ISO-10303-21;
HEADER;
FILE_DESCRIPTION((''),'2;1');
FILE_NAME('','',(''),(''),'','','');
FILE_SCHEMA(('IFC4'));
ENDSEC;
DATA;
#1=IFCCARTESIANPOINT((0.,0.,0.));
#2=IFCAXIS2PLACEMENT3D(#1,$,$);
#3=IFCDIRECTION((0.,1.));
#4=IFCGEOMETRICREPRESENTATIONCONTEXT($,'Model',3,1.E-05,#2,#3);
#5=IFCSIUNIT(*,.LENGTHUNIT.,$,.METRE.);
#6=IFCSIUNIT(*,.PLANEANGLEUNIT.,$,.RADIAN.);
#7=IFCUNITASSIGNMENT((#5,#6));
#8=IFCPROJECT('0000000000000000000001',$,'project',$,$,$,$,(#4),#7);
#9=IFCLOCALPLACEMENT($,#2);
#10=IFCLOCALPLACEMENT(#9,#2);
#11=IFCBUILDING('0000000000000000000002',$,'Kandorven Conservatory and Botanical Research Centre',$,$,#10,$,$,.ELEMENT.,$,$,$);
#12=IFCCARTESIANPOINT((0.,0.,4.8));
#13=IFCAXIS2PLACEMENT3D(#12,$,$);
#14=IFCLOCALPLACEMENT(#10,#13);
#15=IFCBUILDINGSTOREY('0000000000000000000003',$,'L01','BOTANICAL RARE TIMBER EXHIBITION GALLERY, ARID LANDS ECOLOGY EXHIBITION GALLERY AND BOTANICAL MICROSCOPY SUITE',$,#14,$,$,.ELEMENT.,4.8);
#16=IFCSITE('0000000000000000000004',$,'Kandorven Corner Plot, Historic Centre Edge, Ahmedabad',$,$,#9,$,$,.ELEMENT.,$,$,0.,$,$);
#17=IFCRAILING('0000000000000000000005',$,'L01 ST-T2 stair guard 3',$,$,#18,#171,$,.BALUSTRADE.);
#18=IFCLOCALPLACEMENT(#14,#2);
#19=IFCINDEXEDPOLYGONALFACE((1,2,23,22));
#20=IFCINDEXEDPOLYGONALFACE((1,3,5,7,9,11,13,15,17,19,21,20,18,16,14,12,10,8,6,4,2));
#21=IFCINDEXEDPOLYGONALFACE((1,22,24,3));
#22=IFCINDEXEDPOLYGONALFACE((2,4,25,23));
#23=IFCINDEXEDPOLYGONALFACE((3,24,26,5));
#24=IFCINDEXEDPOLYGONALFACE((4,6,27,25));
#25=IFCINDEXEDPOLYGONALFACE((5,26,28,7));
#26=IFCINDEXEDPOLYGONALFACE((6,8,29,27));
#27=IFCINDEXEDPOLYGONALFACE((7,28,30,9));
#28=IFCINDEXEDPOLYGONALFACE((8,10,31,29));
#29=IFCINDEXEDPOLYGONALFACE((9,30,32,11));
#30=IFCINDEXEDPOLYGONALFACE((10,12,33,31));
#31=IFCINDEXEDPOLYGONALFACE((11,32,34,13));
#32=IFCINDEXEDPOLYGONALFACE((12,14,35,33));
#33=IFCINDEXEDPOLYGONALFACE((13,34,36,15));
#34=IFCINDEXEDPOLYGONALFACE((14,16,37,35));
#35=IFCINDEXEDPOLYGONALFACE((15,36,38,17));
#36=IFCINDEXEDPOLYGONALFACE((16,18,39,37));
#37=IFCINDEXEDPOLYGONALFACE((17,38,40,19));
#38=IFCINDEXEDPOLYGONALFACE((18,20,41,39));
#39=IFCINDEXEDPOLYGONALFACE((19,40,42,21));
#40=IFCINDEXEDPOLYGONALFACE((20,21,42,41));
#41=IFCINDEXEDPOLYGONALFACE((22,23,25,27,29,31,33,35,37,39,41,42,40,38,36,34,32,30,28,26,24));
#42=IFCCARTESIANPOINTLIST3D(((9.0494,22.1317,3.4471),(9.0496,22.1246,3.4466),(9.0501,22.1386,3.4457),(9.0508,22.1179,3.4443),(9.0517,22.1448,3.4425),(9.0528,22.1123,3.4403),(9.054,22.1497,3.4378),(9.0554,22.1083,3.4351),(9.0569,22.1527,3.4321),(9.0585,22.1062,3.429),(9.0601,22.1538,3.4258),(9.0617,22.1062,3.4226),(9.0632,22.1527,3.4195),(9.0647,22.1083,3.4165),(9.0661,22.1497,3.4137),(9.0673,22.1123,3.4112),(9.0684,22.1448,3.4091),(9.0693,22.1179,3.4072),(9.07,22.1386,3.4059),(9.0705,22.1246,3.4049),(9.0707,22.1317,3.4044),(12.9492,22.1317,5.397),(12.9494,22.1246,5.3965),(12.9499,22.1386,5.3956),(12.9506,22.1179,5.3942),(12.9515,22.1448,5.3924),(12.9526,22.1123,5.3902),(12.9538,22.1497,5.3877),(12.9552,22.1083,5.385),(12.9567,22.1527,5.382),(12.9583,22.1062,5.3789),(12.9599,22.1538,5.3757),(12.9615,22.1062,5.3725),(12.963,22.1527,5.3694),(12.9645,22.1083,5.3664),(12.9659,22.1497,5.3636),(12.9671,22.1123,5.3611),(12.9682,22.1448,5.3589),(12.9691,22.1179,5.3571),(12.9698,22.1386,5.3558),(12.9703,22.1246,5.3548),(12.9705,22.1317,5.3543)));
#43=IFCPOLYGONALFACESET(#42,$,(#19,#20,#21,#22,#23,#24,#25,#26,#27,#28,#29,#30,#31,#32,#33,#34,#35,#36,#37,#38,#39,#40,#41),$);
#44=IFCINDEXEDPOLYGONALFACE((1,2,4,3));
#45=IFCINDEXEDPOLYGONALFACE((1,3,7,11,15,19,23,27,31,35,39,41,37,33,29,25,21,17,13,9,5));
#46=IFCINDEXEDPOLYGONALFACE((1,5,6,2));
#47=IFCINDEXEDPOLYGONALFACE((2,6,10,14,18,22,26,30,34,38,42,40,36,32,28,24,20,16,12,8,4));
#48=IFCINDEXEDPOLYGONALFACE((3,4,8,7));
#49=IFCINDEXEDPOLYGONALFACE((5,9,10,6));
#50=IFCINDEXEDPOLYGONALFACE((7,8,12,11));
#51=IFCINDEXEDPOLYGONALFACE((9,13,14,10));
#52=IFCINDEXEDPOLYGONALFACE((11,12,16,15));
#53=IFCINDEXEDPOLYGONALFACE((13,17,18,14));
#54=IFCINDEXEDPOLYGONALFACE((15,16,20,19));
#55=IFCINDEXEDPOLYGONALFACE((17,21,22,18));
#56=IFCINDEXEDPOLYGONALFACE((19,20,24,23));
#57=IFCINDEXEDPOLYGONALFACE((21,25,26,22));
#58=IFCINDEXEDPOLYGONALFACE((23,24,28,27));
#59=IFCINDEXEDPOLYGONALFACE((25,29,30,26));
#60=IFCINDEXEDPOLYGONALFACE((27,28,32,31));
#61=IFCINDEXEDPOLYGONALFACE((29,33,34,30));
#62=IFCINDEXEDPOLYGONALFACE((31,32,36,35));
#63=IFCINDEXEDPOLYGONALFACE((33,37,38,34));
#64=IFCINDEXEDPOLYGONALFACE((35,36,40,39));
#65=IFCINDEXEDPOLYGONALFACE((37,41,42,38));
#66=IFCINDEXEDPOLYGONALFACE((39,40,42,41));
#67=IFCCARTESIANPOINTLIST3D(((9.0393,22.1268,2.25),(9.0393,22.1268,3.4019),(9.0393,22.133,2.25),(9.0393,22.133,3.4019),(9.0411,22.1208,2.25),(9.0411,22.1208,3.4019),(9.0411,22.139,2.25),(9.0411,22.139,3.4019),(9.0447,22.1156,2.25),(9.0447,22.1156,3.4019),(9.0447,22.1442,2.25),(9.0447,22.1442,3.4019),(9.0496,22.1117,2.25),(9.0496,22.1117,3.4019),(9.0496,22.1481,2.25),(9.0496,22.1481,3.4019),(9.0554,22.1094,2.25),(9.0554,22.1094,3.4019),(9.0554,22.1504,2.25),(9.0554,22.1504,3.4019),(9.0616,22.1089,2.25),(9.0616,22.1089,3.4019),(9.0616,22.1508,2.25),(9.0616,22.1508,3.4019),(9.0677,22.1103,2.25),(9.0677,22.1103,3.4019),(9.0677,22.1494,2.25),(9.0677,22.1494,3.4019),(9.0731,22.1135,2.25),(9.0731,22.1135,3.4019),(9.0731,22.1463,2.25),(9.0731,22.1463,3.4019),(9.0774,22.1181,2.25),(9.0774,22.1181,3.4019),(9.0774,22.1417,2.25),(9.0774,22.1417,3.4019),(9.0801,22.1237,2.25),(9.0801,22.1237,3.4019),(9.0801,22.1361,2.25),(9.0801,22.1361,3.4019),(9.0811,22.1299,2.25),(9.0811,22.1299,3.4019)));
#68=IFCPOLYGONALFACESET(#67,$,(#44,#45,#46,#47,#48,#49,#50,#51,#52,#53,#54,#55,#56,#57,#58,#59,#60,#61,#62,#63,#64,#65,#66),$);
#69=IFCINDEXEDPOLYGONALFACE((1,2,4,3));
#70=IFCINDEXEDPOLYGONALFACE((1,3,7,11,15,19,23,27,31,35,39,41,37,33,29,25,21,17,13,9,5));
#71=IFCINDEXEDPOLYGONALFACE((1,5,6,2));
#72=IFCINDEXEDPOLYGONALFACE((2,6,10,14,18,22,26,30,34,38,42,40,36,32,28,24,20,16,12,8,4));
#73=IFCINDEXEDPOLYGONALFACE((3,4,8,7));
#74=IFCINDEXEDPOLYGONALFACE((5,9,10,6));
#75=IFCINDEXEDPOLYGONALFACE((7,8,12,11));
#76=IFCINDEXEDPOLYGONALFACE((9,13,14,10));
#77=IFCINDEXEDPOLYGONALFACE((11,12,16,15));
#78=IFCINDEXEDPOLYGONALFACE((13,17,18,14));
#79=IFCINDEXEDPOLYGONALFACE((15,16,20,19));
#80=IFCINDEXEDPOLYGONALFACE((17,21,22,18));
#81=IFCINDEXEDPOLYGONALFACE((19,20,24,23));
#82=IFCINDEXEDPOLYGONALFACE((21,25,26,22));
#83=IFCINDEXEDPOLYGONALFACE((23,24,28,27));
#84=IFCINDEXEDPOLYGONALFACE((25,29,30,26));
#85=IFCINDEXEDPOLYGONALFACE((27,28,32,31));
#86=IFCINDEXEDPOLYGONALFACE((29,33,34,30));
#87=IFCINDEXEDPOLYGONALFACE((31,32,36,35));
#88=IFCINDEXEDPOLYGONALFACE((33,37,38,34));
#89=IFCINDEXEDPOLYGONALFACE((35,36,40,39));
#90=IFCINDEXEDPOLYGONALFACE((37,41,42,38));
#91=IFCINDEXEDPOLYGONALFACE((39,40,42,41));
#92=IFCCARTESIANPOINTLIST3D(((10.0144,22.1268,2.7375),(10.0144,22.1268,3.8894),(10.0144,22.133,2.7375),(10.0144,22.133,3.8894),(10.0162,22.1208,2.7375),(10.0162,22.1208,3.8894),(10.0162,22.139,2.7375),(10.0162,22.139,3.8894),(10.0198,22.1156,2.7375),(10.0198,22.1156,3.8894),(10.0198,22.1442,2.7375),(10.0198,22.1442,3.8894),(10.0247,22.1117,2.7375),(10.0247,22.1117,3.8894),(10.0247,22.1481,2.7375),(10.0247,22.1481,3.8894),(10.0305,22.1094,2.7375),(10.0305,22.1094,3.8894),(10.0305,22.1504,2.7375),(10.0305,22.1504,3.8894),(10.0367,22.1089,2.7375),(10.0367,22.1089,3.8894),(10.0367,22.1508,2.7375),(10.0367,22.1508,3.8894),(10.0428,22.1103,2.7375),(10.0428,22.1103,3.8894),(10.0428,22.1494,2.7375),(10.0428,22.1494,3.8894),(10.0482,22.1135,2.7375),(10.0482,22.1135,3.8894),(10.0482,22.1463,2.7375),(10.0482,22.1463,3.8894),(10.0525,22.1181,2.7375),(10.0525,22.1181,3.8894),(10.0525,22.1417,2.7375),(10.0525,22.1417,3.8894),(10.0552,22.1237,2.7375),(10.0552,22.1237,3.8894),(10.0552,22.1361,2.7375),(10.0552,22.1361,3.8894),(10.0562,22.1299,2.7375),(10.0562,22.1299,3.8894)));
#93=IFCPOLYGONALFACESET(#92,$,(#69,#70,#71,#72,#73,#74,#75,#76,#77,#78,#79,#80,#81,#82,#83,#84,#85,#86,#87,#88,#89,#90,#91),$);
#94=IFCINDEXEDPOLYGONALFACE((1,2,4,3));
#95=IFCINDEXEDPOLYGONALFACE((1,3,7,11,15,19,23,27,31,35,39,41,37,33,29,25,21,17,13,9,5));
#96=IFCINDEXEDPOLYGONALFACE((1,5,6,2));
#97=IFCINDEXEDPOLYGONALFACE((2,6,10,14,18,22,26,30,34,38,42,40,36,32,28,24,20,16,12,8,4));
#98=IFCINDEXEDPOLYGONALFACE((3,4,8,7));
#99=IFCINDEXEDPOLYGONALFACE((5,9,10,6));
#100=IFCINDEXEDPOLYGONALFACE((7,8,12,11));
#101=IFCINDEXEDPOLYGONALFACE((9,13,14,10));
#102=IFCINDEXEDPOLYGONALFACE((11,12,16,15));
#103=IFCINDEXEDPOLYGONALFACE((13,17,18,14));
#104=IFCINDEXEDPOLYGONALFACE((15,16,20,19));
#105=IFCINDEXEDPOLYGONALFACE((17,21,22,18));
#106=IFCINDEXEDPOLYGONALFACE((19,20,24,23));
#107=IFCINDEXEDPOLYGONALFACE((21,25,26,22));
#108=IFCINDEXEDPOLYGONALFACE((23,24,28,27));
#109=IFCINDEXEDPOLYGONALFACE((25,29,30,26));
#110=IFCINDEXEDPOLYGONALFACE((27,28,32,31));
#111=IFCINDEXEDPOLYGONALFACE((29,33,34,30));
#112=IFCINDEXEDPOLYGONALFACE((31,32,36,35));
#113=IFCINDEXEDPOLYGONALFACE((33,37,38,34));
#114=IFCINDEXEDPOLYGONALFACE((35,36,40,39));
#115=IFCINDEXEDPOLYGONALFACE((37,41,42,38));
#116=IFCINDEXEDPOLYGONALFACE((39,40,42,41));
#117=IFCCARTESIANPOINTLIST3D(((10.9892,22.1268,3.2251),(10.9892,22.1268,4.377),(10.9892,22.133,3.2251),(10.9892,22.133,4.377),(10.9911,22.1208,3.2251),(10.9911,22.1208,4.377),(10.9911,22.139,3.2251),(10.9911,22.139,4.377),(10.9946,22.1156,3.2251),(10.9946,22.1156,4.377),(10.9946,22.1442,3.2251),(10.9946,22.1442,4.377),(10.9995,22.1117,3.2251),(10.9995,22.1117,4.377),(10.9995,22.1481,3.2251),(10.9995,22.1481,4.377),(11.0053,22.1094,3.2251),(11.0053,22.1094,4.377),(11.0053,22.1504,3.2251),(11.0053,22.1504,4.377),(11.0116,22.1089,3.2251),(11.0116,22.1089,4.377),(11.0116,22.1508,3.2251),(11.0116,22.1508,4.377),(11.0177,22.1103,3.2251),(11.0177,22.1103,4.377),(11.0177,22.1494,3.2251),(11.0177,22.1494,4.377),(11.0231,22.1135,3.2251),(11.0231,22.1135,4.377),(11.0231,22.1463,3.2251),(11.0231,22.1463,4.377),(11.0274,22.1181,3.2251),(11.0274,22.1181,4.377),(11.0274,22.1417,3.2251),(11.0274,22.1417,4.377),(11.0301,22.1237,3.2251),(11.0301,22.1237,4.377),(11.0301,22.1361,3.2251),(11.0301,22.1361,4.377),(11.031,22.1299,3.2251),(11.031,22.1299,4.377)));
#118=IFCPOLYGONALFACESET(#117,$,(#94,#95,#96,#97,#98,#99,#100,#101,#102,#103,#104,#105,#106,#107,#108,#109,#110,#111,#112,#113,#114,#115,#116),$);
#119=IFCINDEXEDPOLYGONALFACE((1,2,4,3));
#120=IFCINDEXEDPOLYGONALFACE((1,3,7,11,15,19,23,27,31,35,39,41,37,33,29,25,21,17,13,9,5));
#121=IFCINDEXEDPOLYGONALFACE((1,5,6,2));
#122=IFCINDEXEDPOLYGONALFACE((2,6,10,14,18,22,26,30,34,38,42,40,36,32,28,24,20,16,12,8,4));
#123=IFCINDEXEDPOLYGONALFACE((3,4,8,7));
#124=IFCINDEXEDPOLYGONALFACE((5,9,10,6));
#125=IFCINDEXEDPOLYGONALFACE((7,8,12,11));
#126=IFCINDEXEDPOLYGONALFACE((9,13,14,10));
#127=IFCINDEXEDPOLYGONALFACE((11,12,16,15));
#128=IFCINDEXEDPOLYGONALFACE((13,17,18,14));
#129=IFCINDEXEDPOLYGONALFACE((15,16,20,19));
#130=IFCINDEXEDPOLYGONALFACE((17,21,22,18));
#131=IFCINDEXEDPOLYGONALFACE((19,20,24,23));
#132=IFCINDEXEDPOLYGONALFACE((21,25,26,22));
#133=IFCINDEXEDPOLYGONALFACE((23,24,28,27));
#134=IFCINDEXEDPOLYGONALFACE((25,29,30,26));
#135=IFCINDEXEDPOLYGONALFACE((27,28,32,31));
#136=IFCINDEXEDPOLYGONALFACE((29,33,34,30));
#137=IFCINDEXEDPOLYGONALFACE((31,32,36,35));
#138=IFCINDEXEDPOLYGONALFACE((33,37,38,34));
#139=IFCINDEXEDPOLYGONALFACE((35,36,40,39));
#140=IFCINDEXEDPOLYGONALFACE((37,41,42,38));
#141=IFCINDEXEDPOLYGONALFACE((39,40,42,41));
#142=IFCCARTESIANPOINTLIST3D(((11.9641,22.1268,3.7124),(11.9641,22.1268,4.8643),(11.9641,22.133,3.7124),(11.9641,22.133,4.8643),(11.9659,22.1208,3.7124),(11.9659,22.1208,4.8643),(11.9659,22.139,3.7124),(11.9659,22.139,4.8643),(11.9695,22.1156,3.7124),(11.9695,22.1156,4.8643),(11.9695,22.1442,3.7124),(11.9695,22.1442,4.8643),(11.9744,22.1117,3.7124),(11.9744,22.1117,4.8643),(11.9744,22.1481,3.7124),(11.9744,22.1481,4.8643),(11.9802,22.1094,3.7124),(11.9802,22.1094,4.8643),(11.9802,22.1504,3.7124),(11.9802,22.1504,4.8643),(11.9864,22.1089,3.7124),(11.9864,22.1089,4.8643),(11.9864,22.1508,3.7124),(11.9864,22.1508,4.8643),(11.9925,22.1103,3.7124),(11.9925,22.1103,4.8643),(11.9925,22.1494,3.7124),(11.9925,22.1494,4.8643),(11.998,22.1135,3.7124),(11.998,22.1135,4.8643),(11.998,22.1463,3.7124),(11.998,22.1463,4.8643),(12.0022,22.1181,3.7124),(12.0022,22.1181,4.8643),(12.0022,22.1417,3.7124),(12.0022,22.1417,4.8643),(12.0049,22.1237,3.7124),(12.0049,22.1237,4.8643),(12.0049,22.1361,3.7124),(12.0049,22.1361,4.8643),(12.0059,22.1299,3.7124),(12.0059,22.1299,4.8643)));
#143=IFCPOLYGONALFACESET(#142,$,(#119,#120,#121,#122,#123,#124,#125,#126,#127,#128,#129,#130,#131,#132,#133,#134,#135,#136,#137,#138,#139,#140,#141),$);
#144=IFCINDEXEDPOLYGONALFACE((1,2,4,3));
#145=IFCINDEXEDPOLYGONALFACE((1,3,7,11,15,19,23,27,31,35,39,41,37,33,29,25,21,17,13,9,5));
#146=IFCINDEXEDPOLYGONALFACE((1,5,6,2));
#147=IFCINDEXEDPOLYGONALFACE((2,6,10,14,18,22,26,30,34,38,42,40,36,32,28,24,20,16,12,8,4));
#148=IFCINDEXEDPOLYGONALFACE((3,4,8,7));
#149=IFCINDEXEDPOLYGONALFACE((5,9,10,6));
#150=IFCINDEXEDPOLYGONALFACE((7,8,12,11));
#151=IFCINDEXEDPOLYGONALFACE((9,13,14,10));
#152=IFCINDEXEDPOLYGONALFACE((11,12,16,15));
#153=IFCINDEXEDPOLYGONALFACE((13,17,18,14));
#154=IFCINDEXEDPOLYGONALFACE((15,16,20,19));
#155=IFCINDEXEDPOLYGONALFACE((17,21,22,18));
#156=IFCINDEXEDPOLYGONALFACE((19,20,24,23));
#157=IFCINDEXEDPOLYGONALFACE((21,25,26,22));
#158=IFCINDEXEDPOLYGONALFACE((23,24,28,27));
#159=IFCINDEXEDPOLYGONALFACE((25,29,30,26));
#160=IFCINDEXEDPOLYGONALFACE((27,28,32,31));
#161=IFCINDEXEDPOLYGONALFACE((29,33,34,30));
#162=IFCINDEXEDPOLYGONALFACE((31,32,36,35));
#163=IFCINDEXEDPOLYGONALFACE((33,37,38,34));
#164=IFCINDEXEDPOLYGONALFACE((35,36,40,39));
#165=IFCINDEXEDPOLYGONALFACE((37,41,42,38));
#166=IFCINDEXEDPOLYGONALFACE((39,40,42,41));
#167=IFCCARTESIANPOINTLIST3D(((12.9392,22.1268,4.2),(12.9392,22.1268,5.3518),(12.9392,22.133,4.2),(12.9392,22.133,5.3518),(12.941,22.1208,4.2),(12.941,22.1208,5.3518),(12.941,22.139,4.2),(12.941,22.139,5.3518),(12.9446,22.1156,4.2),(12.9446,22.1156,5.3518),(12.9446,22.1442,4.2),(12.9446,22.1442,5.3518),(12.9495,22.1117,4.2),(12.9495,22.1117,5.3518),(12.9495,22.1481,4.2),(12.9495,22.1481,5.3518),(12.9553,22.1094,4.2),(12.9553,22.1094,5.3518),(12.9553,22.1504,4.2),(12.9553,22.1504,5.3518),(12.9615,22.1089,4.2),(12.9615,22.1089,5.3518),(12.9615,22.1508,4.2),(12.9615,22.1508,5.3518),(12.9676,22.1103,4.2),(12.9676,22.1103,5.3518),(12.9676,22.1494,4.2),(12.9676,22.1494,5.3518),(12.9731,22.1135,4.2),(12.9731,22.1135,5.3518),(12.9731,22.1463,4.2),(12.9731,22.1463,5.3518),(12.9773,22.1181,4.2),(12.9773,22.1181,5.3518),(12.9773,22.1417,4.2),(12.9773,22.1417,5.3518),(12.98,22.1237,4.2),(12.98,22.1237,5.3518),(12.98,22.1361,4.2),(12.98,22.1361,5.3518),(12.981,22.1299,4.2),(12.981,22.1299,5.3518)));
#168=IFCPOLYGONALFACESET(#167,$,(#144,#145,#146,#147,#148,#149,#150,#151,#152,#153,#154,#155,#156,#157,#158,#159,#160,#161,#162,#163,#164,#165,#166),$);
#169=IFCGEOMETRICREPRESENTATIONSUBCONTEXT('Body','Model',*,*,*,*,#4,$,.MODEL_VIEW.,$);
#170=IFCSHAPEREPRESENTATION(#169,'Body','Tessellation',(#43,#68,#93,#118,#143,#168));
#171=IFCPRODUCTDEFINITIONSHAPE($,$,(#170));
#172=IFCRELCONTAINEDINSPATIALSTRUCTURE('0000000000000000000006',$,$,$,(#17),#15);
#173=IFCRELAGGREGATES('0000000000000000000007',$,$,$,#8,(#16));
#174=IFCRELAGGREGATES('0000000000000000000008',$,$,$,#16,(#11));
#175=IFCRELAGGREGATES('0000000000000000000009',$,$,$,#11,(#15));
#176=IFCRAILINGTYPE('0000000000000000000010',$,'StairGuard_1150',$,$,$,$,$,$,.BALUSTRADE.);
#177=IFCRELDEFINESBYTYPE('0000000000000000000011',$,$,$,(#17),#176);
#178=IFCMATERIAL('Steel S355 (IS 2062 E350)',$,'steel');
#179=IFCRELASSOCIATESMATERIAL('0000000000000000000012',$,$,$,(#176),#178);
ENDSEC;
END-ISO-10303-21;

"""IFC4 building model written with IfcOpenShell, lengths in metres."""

from ifc_helpers import new_model, si_unit, direction, frame, origin, origin_2d, place, context, subcontext, project, spatial, circle, extrude, material, type_object, element, save


model = new_model("IFC4")

# Units and contexts
model_context = context("Model", 3, precision=1e-05, world=origin(), true_north=direction((0.0, 1.0)))
body_context = subcontext(model_context, "Body", "Model", "MODEL_VIEW")
ifc_project = project(units=[si_unit("LENGTHUNIT", "METRE"), si_unit("PLANEANGLEUNIT", "RADIAN")], contexts=[model_context])

# Site, building, storey
site_placement = place(None, origin())
site = spatial("IfcSite", under=ifc_project, at=site_placement, Name="Kandorven Corner Plot, Historic Centre Edge, Ahmedabad", CompositionType="ELEMENT", RefElevation=0.0)
building_placement = place(site_placement, origin())
building = spatial("IfcBuilding", under=site, at=building_placement, Name="Kandorven Conservatory and Botanical Research Centre", CompositionType="ELEMENT")
storey_placement = place(building_placement, frame((0.0, 0.0, 4.8)))
storey = spatial("IfcBuildingStorey", under=building, at=storey_placement, Name="L01", Description="BOTANICAL RARE TIMBER EXHIBITION GALLERY, ARID LANDS ECOLOGY EXHIBITION GALLERY AND BOTANICAL MICROSCOPY SUITE", CompositionType="ELEMENT", Elevation=4.8)

# Railing
ifc_material_1 = material(Name="Steel S355 (IS 2062 E350)", Category="steel")
railing_type_1 = type_object("IfcRailingType", Name="StairGuard_1150", PredefinedType="BALUSTRADE", material=ifc_material_1)
railing_1_placement = place(storey_placement, frame((9.0601, 22.1299, 2.25)))
element("IfcRailing", 1, at=railing_1_placement, inside=storey, type_object=railing_type_1, Name="L01 ST-T2 stair guard 3", PredefinedType="BALUSTRADE", context=body_context, shape_type="SweptSolid", body=[
    extrude(circle(Radius=0.0239, at=origin_2d()), frame((0.0, 0.0, 1.1758), z_axis=(0.894427, 0.0, 0.447214), x_axis=(0.0, 1.0, 0.0)), (0.0, 0.0, 1.0), 4.3601),
    extrude(circle(Radius=0.021, at=origin_2d()), origin(), (0.0, 0.0, 1.0), 1.1519),
    extrude(circle(Radius=0.021, at=origin_2d()), frame((0.9751, 0.0, 0.4875)), (0.0, 0.0, 1.0), 1.1519),
    extrude(circle(Radius=0.021, at=origin_2d()), frame((1.95, 0.0, 0.9751)), (0.0, 0.0, 1.0), 1.1519),
    extrude(circle(Radius=0.021, at=origin_2d()), frame((2.9248, 0.0, 1.4624)), (0.0, 0.0, 1.0), 1.1519),
    extrude(circle(Radius=0.021, at=origin_2d()), frame((3.8999, 0.0, 1.95)), (0.0, 0.0, 1.0), 1.1519),
])

save(model, "model.ifc")
